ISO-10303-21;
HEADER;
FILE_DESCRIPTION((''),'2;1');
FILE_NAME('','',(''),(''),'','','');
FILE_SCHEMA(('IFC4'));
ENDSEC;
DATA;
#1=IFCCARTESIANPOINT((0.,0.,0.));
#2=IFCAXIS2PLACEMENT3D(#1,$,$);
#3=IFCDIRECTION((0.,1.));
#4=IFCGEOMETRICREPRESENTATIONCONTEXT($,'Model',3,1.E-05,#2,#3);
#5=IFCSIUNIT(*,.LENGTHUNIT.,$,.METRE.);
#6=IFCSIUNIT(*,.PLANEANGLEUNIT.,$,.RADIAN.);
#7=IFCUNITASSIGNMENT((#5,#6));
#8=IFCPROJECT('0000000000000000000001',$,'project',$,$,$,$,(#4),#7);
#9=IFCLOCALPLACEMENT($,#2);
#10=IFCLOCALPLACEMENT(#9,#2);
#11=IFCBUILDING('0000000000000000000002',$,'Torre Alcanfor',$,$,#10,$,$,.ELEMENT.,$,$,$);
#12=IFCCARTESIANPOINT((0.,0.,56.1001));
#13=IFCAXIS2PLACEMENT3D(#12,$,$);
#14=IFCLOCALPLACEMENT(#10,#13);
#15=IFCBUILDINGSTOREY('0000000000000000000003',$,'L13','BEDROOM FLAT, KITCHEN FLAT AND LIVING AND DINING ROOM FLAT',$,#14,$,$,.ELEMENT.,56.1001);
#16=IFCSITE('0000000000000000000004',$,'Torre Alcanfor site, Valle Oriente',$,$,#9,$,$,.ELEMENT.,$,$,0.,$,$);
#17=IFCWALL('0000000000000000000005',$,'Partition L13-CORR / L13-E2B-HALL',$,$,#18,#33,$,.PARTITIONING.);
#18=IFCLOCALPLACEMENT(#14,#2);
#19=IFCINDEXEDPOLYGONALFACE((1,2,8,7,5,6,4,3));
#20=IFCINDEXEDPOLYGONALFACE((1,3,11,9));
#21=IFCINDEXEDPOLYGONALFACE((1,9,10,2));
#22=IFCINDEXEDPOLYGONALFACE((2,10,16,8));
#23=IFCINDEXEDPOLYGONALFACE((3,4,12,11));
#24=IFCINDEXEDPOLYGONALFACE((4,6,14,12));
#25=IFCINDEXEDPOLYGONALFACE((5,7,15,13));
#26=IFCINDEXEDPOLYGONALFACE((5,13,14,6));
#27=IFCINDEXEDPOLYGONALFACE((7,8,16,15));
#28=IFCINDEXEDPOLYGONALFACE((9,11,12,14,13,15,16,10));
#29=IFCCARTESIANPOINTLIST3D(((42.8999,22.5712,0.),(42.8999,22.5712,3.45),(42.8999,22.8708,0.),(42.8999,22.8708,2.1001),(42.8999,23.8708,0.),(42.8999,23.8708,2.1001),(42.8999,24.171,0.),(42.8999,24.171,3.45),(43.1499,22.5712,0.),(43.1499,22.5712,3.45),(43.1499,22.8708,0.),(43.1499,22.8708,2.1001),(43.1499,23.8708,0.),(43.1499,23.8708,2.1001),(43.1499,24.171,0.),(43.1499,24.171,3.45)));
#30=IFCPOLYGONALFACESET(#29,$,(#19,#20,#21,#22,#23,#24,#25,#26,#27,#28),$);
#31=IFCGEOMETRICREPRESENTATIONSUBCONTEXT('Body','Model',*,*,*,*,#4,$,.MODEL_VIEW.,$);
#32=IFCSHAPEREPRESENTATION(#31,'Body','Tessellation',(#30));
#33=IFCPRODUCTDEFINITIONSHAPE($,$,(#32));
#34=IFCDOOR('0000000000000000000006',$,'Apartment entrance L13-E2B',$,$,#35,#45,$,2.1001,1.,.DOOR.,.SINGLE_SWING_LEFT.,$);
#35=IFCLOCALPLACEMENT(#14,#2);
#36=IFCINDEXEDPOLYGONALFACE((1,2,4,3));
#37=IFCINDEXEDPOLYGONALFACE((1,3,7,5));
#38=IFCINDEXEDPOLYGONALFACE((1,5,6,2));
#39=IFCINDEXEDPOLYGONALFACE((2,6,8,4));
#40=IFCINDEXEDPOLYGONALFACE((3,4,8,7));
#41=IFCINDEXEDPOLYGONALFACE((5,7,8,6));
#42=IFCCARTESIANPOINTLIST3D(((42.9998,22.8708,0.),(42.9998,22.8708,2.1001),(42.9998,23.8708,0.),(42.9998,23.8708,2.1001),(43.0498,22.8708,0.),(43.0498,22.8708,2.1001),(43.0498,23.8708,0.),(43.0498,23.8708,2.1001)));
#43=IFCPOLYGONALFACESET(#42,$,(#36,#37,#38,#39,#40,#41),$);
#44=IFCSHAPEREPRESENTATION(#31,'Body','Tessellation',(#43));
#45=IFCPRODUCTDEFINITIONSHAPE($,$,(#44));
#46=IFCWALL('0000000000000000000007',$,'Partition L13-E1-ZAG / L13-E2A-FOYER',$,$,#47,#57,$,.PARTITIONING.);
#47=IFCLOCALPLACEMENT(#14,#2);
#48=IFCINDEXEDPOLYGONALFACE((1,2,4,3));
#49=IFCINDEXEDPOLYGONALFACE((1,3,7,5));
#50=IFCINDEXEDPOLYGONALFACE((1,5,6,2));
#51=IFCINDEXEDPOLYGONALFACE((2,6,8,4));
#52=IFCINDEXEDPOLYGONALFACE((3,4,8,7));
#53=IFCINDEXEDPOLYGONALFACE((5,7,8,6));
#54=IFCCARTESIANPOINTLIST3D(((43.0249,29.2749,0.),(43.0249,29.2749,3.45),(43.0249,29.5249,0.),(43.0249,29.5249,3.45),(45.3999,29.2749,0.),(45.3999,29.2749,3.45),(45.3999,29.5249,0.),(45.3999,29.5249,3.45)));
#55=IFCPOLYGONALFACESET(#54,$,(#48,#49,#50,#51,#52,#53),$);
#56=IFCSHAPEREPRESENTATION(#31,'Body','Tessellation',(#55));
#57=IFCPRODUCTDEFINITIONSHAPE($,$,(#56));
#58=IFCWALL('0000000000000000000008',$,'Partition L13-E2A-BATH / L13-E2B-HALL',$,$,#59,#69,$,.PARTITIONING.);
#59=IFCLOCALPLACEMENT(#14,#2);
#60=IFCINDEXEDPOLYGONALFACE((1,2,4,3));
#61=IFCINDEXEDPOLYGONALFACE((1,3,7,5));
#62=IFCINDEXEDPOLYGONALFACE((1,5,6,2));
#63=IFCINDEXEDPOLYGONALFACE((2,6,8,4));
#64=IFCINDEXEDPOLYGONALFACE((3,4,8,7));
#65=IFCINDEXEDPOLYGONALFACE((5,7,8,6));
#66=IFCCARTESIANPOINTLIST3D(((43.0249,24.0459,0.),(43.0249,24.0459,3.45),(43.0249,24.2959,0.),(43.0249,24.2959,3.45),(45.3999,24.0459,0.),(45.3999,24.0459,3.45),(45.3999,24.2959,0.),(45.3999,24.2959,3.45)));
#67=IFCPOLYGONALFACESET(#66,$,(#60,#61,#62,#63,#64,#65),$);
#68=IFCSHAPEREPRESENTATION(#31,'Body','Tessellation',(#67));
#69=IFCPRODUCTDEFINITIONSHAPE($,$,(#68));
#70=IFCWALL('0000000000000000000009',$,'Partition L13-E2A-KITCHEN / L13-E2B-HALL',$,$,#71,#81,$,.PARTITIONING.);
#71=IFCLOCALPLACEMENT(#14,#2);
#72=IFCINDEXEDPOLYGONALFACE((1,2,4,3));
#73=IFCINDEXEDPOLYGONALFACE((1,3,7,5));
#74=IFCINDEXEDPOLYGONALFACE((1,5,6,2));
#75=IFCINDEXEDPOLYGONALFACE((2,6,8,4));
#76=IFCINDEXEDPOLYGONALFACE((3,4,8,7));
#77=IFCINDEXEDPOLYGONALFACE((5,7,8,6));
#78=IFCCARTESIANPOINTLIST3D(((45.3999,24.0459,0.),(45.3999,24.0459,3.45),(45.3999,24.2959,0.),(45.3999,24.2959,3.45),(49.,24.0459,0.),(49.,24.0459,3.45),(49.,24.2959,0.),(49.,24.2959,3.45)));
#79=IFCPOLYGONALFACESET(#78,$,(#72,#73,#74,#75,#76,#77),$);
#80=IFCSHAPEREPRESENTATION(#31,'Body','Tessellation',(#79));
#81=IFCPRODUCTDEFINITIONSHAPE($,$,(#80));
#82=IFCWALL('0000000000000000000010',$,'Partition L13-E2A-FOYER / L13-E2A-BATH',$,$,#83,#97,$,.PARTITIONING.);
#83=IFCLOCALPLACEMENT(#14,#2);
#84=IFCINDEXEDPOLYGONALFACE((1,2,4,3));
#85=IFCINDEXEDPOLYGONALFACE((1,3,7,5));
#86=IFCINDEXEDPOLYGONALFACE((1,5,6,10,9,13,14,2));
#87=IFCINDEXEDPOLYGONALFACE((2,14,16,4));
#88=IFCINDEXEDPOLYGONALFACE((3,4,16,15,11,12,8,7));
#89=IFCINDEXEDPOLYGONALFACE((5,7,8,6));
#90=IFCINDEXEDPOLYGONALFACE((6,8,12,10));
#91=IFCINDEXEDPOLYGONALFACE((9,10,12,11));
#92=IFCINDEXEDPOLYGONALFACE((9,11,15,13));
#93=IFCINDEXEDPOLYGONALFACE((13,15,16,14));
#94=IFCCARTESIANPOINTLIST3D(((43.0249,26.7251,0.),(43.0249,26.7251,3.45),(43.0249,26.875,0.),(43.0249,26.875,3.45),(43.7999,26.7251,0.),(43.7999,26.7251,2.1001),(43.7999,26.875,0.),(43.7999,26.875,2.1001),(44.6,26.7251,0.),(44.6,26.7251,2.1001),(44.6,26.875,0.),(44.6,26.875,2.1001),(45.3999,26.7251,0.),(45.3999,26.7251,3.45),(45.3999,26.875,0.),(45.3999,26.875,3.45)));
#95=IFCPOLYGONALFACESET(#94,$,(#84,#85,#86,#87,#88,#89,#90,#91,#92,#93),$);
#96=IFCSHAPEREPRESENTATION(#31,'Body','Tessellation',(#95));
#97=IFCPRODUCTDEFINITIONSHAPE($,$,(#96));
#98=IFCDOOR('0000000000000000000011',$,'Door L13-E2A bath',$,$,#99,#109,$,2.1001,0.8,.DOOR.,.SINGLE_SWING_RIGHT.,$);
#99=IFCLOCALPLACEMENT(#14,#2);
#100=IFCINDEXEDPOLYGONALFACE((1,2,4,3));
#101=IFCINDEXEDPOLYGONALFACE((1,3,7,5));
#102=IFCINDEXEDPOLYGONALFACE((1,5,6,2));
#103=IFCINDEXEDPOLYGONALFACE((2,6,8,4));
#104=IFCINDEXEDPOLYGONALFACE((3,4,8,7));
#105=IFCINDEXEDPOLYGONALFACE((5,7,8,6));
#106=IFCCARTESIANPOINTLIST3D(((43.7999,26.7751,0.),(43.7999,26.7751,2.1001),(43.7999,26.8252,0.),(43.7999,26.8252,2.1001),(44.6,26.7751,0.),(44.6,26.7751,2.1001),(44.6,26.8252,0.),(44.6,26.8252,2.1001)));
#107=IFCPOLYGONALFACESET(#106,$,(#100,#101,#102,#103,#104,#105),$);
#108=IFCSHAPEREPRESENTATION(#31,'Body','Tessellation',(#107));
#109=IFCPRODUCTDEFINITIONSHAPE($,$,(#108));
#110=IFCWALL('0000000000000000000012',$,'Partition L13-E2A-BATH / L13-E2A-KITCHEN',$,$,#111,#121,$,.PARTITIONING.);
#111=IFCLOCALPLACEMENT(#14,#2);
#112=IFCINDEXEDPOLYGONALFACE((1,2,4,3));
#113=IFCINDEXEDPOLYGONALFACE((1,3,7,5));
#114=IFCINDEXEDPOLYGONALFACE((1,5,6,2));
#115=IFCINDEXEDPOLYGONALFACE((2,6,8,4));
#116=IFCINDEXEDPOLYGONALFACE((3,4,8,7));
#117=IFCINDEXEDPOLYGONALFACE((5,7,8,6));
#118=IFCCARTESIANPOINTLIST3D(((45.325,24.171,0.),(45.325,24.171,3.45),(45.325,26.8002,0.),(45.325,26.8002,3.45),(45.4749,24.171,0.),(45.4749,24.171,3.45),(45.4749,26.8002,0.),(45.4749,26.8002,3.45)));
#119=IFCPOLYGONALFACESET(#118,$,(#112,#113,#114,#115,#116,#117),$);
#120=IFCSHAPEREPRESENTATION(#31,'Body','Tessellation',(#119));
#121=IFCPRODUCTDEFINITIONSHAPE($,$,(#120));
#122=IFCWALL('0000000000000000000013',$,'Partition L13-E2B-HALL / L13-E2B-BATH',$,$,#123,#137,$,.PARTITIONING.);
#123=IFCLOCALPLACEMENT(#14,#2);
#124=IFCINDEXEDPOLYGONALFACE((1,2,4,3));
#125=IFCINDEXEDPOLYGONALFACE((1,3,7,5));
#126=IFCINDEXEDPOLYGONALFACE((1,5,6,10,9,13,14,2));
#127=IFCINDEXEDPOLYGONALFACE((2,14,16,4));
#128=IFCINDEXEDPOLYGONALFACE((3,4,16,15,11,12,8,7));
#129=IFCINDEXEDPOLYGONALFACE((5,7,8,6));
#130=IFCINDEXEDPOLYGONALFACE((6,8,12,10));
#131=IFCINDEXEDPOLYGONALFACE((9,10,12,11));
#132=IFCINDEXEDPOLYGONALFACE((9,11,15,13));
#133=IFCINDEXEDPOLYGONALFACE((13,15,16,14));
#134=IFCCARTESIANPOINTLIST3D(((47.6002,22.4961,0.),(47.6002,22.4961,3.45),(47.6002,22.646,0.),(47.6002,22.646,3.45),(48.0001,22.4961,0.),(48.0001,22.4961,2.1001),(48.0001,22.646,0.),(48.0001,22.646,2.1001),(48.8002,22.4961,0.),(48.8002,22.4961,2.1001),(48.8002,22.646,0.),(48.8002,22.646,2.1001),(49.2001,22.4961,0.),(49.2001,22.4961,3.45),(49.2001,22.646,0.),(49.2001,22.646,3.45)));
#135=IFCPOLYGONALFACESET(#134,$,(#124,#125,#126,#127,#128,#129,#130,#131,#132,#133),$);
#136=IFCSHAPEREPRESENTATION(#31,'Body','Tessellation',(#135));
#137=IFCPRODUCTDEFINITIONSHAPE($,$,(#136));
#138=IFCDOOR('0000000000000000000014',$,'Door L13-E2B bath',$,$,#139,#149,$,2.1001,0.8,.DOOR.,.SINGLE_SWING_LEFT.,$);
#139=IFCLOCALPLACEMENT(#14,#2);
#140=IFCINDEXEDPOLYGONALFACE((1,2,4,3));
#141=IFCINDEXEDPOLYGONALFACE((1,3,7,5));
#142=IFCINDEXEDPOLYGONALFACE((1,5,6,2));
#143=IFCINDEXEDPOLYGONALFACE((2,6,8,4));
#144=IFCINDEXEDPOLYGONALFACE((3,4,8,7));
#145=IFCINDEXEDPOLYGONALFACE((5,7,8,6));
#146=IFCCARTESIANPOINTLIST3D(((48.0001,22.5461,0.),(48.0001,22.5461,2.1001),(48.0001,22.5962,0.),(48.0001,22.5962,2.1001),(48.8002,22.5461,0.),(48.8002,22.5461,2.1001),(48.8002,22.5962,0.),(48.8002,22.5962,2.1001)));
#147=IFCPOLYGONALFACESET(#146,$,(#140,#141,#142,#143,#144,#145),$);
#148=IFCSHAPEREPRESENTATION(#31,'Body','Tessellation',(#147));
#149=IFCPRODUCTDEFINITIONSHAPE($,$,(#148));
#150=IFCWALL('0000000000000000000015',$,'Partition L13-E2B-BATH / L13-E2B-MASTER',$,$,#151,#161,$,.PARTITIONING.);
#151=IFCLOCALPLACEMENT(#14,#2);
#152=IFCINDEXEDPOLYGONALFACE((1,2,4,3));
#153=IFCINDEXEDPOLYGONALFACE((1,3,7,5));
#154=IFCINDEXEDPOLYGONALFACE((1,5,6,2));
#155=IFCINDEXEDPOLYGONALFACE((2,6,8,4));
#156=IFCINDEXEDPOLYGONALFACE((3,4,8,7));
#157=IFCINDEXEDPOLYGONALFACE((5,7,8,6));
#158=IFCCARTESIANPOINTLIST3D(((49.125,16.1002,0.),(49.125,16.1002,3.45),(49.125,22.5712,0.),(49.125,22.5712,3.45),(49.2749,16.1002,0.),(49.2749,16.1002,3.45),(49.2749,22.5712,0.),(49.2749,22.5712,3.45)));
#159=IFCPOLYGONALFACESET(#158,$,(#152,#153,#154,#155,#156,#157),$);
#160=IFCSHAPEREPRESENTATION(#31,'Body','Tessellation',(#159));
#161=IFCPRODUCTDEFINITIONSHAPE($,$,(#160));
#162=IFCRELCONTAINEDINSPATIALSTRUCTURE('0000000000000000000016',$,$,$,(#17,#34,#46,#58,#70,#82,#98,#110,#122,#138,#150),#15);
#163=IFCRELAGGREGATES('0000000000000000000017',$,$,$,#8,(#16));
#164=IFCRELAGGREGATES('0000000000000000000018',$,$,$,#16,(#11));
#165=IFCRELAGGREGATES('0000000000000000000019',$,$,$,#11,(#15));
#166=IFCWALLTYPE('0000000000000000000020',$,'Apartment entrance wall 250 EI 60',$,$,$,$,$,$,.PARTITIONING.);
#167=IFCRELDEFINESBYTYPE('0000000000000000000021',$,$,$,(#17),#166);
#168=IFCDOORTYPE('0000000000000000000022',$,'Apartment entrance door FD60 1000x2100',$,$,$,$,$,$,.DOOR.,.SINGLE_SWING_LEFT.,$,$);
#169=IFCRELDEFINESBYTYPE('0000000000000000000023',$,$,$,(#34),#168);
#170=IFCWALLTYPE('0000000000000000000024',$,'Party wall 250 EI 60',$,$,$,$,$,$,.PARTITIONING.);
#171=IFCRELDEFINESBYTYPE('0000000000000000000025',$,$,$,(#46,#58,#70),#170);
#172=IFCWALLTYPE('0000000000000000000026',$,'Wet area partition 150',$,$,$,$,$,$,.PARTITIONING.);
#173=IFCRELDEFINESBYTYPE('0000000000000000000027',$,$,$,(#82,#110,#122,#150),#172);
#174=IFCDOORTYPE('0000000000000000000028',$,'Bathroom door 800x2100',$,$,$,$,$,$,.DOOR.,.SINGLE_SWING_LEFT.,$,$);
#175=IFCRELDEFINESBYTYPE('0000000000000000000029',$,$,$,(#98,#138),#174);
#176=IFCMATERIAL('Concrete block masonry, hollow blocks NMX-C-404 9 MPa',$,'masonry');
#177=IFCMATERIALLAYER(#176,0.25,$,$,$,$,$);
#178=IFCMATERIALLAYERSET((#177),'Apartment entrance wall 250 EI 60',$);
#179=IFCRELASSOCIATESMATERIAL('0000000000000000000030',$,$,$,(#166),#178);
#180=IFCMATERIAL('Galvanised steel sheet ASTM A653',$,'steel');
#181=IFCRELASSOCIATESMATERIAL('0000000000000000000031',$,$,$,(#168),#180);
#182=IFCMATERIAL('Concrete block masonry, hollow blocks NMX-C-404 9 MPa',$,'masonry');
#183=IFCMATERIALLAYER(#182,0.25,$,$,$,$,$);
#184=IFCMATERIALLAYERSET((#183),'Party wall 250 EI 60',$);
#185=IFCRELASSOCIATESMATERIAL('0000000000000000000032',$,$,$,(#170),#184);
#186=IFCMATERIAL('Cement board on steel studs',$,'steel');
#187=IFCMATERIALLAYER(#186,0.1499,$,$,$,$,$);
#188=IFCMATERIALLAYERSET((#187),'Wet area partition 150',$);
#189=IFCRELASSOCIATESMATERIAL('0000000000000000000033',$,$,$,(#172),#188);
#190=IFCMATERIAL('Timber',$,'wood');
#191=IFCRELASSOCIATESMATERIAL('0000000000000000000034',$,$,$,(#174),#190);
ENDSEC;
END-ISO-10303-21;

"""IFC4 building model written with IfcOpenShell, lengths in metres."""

from ifc_helpers import new_model, si_unit, direction, frame, frame_2d, origin, place, context, subcontext, project, spatial, rectangle, extrude, material, layer, layer_set, type_object, element, fill, save


model = new_model("IFC4")

# Units and contexts
model_context = context("Model", 3, precision=1e-05, world=origin(), true_north=direction((0.0, 1.0)))
body_context = subcontext(model_context, "Body", "Model", "MODEL_VIEW")
ifc_project = project(units=[si_unit("LENGTHUNIT", "METRE"), si_unit("PLANEANGLEUNIT", "RADIAN")], contexts=[model_context])

# Site, building, storey
site_placement = place(None, origin())
site = spatial("IfcSite", under=ifc_project, at=site_placement, Name="Torre Alcanfor site, Valle Oriente", CompositionType="ELEMENT", RefElevation=0.0)
building_placement = place(site_placement, origin())
building = spatial("IfcBuilding", under=site, at=building_placement, Name="Torre Alcanfor", CompositionType="ELEMENT")
storey_placement = place(building_placement, frame((0.0, 0.0, 56.1001)))
storey = spatial("IfcBuildingStorey", under=building, at=storey_placement, Name="L13", Description="BEDROOM FLAT, KITCHEN FLAT AND LIVING AND DINING ROOM FLAT", CompositionType="ELEMENT", Elevation=56.1001)

# Shared definitions
ifc_material_1 = material(Name="Concrete block masonry, hollow blocks NMX-C-404 9 MPa", Category="masonry")
ifc_layer_1 = layer(ifc_material_1, 0.25)
ifc_layer_set_1 = layer_set([ifc_layer_1], Name="Apartment entrance wall 250 EI 60")
wall_type_1 = type_object("IfcWallType", Name="Apartment entrance wall 250 EI 60", PredefinedType="PARTITIONING", material=ifc_layer_set_1)
ifc_material_2 = material(Name="Galvanised steel sheet ASTM A653", Category="steel")
door_type_1 = type_object("IfcDoorType", Name="Apartment entrance door FD60 1000x2100", OperationType="SINGLE_SWING_LEFT", PredefinedType="DOOR", material=ifc_material_2)

# Wall, opening, door
wall_1_placement = place(storey_placement, frame((43.0249, 24.1709, 0.0), z_axis=(0.0, 0.0, 1.0), x_axis=(0.0, -1.0, 0.0)))
wall_1 = element("IfcWall", 1, at=wall_1_placement, inside=storey, type_object=wall_type_1, Name="Partition L13-CORR / L13-E2B-HALL", PredefinedType="PARTITIONING", context=body_context, shape_type="SweptSolid", body=[
    extrude(rectangle(XDim=1.5999, YDim=0.25, at=frame_2d((0.7998, 0.0))), origin(), (0.0, 0.0, 1.0), 3.45),
])
opening_1_placement = place(wall_1_placement, frame((0.3, 0.0, 0.0)))
opening_1 = element("IfcOpeningElement", 2, at=opening_1_placement, cuts=wall_1, PredefinedType="OPENING", context=body_context, shape_type="SweptSolid", body=[
    extrude(rectangle(XDim=1.0, YDim=2.1001, at=frame_2d((0.5, 1.05))), frame((0.0, 0.135, 0.0), z_axis=(0.0, -1.0, 0.0), x_axis=(1.0, 0.0, 0.0)), (0.0, 0.0, 1.0), 0.27),
])
door_1_placement = place(opening_1_placement, origin())
door_1 = element("IfcDoor", 3, at=door_1_placement, inside=storey, type_object=door_type_1, Name="Apartment entrance L13-E2B", OperationType="SINGLE_SWING_LEFT", OverallHeight=2.1001, OverallWidth=1.0, PredefinedType="DOOR", context=body_context, shape_type="SweptSolid", body=[
    extrude(rectangle(XDim=1.0, YDim=2.1001, at=frame_2d((0.5, 1.05))), frame((0.0, 0.0249, 0.0), z_axis=(0.0, -1.0, 0.0), x_axis=(1.0, 0.0, 0.0)), (0.0, 0.0, 1.0), 0.05),
])
fill(opening_1, door_1)

# Walls
ifc_material_3 = material(Name="Concrete block masonry, hollow blocks NMX-C-404 9 MPa", Category="masonry")
ifc_layer_2 = layer(ifc_material_3, 0.25)
ifc_layer_set_2 = layer_set([ifc_layer_2], Name="Party wall 250 EI 60")
wall_type_2 = type_object("IfcWallType", Name="Party wall 250 EI 60", PredefinedType="PARTITIONING", material=ifc_layer_set_2)
for number, where, z_axis, x_axis, name in (
    (4, (43.0249, 29.3999, 0.0), (0.0, 0.0, 1.0), (1.0, 0.0, 0.0), "Partition L13-E1-ZAG / L13-E2A-FOYER"),
    (5, (45.3999, 24.1709, 0.0), (0.0, 0.0, 1.0), (-1.0, 0.0, 0.0), "Partition L13-E2A-BATH / L13-E2B-HALL"),
):
    element("IfcWall", number, at=place(storey_placement, frame(where, z_axis=z_axis, x_axis=x_axis)), inside=storey, type_object=wall_type_2, Name=name, PredefinedType="PARTITIONING", context=body_context, shape_type="SweptSolid", body=[
        extrude(rectangle(XDim=2.375, YDim=0.25, at=frame_2d((1.1875, 0.0))), origin(), (0.0, 0.0, 1.0), 3.45),
    ])
wall_2_placement = place(storey_placement, frame((49.0, 24.1709, 0.0), z_axis=(0.0, 0.0, 1.0), x_axis=(-1.0, 0.0, 0.0)))
element("IfcWall", 6, at=wall_2_placement, inside=storey, type_object=wall_type_2, Name="Partition L13-E2A-KITCHEN / L13-E2B-HALL", PredefinedType="PARTITIONING", context=body_context, shape_type="SweptSolid", body=[
    extrude(rectangle(XDim=3.6001, YDim=0.25, at=frame_2d((1.8, 0.0))), origin(), (0.0, 0.0, 1.0), 3.45),
])

# Wall, opening, door
ifc_material_4 = material(Name="Cement board on steel studs", Category="steel")
ifc_layer_3 = layer(ifc_material_4, 0.1499)
ifc_layer_set_3 = layer_set([ifc_layer_3], Name="Wet area partition 150")
wall_type_3 = type_object("IfcWallType", Name="Wet area partition 150", PredefinedType="PARTITIONING", material=ifc_layer_set_3)
wall_3_placement = place(storey_placement, frame((45.3999, 26.8, 0.0), z_axis=(0.0, 0.0, 1.0), x_axis=(-1.0, 0.0, 0.0)))
wall_3 = element("IfcWall", 7, at=wall_3_placement, inside=storey, type_object=wall_type_3, Name="Partition L13-E2A-FOYER / L13-E2A-BATH", PredefinedType="PARTITIONING", context=body_context, shape_type="SweptSolid", body=[
    extrude(rectangle(XDim=2.375, YDim=0.1499, at=frame_2d((1.1875, 0.0))), origin(), (0.0, 0.0, 1.0), 3.45),
])
opening_2_placement = place(wall_3_placement, frame((0.8, 0.0, 0.0)))
opening_2 = element("IfcOpeningElement", 8, at=opening_2_placement, cuts=wall_3, PredefinedType="OPENING", context=body_context, shape_type="SweptSolid", body=[
    extrude(rectangle(XDim=0.8, YDim=2.1001, at=frame_2d((0.3999, 1.05))), frame((0.0, 0.085, 0.0), z_axis=(0.0, -1.0, 0.0), x_axis=(1.0, 0.0, 0.0)), (0.0, 0.0, 1.0), 0.1699),
])
ifc_material_5 = material(Name="Timber", Category="wood")
door_type_2 = type_object("IfcDoorType", Name="Bathroom door 800x2100", OperationType="SINGLE_SWING_LEFT", PredefinedType="DOOR", material=ifc_material_5)
door_2_placement = place(opening_2_placement, origin())
door_2 = element("IfcDoor", 9, at=door_2_placement, inside=storey, type_object=door_type_2, Name="Door L13-E2A bath", OperationType="SINGLE_SWING_RIGHT", OverallHeight=2.1001, OverallWidth=0.8, PredefinedType="DOOR", context=body_context, shape_type="SweptSolid", body=[
    extrude(rectangle(XDim=0.8, YDim=2.1001, at=frame_2d((0.3999, 1.05))), frame((0.0, 0.0249, 0.0), z_axis=(0.0, -1.0, 0.0), x_axis=(1.0, 0.0, 0.0)), (0.0, 0.0, 1.0), 0.05),
])
fill(opening_2, door_2)

# Wall
wall_4_placement = place(storey_placement, frame((45.3999, 26.8, 0.0), z_axis=(0.0, 0.0, 1.0), x_axis=(0.0, -1.0, 0.0)))
element("IfcWall", 10, at=wall_4_placement, inside=storey, type_object=wall_type_3, Name="Partition L13-E2A-BATH / L13-E2A-KITCHEN", PredefinedType="PARTITIONING", context=body_context, shape_type="SweptSolid", body=[
    extrude(rectangle(XDim=2.6292, YDim=0.1499, at=frame_2d((1.3145, 0.0))), origin(), (0.0, 0.0, 1.0), 3.45),
])

# Wall, opening, door
wall_5_placement = place(storey_placement, frame((49.2, 22.571, 0.0), z_axis=(0.0, 0.0, 1.0), x_axis=(-1.0, 0.0, 0.0)))
wall_5 = element("IfcWall", 11, at=wall_5_placement, inside=storey, type_object=wall_type_3, Name="Partition L13-E2B-HALL / L13-E2B-BATH", PredefinedType="PARTITIONING", context=body_context, shape_type="SweptSolid", body=[
    extrude(rectangle(XDim=1.5999, YDim=0.1499, at=frame_2d((0.7998, 0.0))), origin(), (0.0, 0.0, 1.0), 3.45),
])
opening_3_placement = place(wall_5_placement, frame((0.3999, 0.0, 0.0)))
opening_3 = element("IfcOpeningElement", 12, at=opening_3_placement, cuts=wall_5, PredefinedType="OPENING", context=body_context, shape_type="SweptSolid", body=[
    extrude(rectangle(XDim=0.8, YDim=2.1001, at=frame_2d((0.3999, 1.05))), frame((0.0, 0.085, 0.0), z_axis=(0.0, -1.0, 0.0), x_axis=(1.0, 0.0, 0.0)), (0.0, 0.0, 1.0), 0.1699),
])
door_3_placement = place(opening_3_placement, origin())
door_3 = element("IfcDoor", 13, at=door_3_placement, inside=storey, type_object=door_type_2, Name="Door L13-E2B bath", OperationType="SINGLE_SWING_LEFT", OverallHeight=2.1001, OverallWidth=0.8, PredefinedType="DOOR", context=body_context, shape_type="SweptSolid", body=[
    extrude(rectangle(XDim=0.8, YDim=2.1001, at=frame_2d((0.3999, 1.05))), frame((0.0, 0.0249, 0.0), z_axis=(0.0, -1.0, 0.0), x_axis=(1.0, 0.0, 0.0)), (0.0, 0.0, 1.0), 0.05),
])
fill(opening_3, door_3)

# Wall
wall_6_placement = place(storey_placement, frame((49.2, 22.571, 0.0), z_axis=(0.0, 0.0, 1.0), x_axis=(0.0, -1.0, 0.0)))
element("IfcWall", 14, at=wall_6_placement, inside=storey, type_object=wall_type_3, Name="Partition L13-E2B-BATH / L13-E2B-MASTER", PredefinedType="PARTITIONING", context=body_context, shape_type="SweptSolid", body=[
    extrude(rectangle(XDim=6.4709, YDim=0.1499, at=frame_2d((3.2354, 0.0))), origin(), (0.0, 0.0, 1.0), 3.45),
])

save(model, "model.ifc")
